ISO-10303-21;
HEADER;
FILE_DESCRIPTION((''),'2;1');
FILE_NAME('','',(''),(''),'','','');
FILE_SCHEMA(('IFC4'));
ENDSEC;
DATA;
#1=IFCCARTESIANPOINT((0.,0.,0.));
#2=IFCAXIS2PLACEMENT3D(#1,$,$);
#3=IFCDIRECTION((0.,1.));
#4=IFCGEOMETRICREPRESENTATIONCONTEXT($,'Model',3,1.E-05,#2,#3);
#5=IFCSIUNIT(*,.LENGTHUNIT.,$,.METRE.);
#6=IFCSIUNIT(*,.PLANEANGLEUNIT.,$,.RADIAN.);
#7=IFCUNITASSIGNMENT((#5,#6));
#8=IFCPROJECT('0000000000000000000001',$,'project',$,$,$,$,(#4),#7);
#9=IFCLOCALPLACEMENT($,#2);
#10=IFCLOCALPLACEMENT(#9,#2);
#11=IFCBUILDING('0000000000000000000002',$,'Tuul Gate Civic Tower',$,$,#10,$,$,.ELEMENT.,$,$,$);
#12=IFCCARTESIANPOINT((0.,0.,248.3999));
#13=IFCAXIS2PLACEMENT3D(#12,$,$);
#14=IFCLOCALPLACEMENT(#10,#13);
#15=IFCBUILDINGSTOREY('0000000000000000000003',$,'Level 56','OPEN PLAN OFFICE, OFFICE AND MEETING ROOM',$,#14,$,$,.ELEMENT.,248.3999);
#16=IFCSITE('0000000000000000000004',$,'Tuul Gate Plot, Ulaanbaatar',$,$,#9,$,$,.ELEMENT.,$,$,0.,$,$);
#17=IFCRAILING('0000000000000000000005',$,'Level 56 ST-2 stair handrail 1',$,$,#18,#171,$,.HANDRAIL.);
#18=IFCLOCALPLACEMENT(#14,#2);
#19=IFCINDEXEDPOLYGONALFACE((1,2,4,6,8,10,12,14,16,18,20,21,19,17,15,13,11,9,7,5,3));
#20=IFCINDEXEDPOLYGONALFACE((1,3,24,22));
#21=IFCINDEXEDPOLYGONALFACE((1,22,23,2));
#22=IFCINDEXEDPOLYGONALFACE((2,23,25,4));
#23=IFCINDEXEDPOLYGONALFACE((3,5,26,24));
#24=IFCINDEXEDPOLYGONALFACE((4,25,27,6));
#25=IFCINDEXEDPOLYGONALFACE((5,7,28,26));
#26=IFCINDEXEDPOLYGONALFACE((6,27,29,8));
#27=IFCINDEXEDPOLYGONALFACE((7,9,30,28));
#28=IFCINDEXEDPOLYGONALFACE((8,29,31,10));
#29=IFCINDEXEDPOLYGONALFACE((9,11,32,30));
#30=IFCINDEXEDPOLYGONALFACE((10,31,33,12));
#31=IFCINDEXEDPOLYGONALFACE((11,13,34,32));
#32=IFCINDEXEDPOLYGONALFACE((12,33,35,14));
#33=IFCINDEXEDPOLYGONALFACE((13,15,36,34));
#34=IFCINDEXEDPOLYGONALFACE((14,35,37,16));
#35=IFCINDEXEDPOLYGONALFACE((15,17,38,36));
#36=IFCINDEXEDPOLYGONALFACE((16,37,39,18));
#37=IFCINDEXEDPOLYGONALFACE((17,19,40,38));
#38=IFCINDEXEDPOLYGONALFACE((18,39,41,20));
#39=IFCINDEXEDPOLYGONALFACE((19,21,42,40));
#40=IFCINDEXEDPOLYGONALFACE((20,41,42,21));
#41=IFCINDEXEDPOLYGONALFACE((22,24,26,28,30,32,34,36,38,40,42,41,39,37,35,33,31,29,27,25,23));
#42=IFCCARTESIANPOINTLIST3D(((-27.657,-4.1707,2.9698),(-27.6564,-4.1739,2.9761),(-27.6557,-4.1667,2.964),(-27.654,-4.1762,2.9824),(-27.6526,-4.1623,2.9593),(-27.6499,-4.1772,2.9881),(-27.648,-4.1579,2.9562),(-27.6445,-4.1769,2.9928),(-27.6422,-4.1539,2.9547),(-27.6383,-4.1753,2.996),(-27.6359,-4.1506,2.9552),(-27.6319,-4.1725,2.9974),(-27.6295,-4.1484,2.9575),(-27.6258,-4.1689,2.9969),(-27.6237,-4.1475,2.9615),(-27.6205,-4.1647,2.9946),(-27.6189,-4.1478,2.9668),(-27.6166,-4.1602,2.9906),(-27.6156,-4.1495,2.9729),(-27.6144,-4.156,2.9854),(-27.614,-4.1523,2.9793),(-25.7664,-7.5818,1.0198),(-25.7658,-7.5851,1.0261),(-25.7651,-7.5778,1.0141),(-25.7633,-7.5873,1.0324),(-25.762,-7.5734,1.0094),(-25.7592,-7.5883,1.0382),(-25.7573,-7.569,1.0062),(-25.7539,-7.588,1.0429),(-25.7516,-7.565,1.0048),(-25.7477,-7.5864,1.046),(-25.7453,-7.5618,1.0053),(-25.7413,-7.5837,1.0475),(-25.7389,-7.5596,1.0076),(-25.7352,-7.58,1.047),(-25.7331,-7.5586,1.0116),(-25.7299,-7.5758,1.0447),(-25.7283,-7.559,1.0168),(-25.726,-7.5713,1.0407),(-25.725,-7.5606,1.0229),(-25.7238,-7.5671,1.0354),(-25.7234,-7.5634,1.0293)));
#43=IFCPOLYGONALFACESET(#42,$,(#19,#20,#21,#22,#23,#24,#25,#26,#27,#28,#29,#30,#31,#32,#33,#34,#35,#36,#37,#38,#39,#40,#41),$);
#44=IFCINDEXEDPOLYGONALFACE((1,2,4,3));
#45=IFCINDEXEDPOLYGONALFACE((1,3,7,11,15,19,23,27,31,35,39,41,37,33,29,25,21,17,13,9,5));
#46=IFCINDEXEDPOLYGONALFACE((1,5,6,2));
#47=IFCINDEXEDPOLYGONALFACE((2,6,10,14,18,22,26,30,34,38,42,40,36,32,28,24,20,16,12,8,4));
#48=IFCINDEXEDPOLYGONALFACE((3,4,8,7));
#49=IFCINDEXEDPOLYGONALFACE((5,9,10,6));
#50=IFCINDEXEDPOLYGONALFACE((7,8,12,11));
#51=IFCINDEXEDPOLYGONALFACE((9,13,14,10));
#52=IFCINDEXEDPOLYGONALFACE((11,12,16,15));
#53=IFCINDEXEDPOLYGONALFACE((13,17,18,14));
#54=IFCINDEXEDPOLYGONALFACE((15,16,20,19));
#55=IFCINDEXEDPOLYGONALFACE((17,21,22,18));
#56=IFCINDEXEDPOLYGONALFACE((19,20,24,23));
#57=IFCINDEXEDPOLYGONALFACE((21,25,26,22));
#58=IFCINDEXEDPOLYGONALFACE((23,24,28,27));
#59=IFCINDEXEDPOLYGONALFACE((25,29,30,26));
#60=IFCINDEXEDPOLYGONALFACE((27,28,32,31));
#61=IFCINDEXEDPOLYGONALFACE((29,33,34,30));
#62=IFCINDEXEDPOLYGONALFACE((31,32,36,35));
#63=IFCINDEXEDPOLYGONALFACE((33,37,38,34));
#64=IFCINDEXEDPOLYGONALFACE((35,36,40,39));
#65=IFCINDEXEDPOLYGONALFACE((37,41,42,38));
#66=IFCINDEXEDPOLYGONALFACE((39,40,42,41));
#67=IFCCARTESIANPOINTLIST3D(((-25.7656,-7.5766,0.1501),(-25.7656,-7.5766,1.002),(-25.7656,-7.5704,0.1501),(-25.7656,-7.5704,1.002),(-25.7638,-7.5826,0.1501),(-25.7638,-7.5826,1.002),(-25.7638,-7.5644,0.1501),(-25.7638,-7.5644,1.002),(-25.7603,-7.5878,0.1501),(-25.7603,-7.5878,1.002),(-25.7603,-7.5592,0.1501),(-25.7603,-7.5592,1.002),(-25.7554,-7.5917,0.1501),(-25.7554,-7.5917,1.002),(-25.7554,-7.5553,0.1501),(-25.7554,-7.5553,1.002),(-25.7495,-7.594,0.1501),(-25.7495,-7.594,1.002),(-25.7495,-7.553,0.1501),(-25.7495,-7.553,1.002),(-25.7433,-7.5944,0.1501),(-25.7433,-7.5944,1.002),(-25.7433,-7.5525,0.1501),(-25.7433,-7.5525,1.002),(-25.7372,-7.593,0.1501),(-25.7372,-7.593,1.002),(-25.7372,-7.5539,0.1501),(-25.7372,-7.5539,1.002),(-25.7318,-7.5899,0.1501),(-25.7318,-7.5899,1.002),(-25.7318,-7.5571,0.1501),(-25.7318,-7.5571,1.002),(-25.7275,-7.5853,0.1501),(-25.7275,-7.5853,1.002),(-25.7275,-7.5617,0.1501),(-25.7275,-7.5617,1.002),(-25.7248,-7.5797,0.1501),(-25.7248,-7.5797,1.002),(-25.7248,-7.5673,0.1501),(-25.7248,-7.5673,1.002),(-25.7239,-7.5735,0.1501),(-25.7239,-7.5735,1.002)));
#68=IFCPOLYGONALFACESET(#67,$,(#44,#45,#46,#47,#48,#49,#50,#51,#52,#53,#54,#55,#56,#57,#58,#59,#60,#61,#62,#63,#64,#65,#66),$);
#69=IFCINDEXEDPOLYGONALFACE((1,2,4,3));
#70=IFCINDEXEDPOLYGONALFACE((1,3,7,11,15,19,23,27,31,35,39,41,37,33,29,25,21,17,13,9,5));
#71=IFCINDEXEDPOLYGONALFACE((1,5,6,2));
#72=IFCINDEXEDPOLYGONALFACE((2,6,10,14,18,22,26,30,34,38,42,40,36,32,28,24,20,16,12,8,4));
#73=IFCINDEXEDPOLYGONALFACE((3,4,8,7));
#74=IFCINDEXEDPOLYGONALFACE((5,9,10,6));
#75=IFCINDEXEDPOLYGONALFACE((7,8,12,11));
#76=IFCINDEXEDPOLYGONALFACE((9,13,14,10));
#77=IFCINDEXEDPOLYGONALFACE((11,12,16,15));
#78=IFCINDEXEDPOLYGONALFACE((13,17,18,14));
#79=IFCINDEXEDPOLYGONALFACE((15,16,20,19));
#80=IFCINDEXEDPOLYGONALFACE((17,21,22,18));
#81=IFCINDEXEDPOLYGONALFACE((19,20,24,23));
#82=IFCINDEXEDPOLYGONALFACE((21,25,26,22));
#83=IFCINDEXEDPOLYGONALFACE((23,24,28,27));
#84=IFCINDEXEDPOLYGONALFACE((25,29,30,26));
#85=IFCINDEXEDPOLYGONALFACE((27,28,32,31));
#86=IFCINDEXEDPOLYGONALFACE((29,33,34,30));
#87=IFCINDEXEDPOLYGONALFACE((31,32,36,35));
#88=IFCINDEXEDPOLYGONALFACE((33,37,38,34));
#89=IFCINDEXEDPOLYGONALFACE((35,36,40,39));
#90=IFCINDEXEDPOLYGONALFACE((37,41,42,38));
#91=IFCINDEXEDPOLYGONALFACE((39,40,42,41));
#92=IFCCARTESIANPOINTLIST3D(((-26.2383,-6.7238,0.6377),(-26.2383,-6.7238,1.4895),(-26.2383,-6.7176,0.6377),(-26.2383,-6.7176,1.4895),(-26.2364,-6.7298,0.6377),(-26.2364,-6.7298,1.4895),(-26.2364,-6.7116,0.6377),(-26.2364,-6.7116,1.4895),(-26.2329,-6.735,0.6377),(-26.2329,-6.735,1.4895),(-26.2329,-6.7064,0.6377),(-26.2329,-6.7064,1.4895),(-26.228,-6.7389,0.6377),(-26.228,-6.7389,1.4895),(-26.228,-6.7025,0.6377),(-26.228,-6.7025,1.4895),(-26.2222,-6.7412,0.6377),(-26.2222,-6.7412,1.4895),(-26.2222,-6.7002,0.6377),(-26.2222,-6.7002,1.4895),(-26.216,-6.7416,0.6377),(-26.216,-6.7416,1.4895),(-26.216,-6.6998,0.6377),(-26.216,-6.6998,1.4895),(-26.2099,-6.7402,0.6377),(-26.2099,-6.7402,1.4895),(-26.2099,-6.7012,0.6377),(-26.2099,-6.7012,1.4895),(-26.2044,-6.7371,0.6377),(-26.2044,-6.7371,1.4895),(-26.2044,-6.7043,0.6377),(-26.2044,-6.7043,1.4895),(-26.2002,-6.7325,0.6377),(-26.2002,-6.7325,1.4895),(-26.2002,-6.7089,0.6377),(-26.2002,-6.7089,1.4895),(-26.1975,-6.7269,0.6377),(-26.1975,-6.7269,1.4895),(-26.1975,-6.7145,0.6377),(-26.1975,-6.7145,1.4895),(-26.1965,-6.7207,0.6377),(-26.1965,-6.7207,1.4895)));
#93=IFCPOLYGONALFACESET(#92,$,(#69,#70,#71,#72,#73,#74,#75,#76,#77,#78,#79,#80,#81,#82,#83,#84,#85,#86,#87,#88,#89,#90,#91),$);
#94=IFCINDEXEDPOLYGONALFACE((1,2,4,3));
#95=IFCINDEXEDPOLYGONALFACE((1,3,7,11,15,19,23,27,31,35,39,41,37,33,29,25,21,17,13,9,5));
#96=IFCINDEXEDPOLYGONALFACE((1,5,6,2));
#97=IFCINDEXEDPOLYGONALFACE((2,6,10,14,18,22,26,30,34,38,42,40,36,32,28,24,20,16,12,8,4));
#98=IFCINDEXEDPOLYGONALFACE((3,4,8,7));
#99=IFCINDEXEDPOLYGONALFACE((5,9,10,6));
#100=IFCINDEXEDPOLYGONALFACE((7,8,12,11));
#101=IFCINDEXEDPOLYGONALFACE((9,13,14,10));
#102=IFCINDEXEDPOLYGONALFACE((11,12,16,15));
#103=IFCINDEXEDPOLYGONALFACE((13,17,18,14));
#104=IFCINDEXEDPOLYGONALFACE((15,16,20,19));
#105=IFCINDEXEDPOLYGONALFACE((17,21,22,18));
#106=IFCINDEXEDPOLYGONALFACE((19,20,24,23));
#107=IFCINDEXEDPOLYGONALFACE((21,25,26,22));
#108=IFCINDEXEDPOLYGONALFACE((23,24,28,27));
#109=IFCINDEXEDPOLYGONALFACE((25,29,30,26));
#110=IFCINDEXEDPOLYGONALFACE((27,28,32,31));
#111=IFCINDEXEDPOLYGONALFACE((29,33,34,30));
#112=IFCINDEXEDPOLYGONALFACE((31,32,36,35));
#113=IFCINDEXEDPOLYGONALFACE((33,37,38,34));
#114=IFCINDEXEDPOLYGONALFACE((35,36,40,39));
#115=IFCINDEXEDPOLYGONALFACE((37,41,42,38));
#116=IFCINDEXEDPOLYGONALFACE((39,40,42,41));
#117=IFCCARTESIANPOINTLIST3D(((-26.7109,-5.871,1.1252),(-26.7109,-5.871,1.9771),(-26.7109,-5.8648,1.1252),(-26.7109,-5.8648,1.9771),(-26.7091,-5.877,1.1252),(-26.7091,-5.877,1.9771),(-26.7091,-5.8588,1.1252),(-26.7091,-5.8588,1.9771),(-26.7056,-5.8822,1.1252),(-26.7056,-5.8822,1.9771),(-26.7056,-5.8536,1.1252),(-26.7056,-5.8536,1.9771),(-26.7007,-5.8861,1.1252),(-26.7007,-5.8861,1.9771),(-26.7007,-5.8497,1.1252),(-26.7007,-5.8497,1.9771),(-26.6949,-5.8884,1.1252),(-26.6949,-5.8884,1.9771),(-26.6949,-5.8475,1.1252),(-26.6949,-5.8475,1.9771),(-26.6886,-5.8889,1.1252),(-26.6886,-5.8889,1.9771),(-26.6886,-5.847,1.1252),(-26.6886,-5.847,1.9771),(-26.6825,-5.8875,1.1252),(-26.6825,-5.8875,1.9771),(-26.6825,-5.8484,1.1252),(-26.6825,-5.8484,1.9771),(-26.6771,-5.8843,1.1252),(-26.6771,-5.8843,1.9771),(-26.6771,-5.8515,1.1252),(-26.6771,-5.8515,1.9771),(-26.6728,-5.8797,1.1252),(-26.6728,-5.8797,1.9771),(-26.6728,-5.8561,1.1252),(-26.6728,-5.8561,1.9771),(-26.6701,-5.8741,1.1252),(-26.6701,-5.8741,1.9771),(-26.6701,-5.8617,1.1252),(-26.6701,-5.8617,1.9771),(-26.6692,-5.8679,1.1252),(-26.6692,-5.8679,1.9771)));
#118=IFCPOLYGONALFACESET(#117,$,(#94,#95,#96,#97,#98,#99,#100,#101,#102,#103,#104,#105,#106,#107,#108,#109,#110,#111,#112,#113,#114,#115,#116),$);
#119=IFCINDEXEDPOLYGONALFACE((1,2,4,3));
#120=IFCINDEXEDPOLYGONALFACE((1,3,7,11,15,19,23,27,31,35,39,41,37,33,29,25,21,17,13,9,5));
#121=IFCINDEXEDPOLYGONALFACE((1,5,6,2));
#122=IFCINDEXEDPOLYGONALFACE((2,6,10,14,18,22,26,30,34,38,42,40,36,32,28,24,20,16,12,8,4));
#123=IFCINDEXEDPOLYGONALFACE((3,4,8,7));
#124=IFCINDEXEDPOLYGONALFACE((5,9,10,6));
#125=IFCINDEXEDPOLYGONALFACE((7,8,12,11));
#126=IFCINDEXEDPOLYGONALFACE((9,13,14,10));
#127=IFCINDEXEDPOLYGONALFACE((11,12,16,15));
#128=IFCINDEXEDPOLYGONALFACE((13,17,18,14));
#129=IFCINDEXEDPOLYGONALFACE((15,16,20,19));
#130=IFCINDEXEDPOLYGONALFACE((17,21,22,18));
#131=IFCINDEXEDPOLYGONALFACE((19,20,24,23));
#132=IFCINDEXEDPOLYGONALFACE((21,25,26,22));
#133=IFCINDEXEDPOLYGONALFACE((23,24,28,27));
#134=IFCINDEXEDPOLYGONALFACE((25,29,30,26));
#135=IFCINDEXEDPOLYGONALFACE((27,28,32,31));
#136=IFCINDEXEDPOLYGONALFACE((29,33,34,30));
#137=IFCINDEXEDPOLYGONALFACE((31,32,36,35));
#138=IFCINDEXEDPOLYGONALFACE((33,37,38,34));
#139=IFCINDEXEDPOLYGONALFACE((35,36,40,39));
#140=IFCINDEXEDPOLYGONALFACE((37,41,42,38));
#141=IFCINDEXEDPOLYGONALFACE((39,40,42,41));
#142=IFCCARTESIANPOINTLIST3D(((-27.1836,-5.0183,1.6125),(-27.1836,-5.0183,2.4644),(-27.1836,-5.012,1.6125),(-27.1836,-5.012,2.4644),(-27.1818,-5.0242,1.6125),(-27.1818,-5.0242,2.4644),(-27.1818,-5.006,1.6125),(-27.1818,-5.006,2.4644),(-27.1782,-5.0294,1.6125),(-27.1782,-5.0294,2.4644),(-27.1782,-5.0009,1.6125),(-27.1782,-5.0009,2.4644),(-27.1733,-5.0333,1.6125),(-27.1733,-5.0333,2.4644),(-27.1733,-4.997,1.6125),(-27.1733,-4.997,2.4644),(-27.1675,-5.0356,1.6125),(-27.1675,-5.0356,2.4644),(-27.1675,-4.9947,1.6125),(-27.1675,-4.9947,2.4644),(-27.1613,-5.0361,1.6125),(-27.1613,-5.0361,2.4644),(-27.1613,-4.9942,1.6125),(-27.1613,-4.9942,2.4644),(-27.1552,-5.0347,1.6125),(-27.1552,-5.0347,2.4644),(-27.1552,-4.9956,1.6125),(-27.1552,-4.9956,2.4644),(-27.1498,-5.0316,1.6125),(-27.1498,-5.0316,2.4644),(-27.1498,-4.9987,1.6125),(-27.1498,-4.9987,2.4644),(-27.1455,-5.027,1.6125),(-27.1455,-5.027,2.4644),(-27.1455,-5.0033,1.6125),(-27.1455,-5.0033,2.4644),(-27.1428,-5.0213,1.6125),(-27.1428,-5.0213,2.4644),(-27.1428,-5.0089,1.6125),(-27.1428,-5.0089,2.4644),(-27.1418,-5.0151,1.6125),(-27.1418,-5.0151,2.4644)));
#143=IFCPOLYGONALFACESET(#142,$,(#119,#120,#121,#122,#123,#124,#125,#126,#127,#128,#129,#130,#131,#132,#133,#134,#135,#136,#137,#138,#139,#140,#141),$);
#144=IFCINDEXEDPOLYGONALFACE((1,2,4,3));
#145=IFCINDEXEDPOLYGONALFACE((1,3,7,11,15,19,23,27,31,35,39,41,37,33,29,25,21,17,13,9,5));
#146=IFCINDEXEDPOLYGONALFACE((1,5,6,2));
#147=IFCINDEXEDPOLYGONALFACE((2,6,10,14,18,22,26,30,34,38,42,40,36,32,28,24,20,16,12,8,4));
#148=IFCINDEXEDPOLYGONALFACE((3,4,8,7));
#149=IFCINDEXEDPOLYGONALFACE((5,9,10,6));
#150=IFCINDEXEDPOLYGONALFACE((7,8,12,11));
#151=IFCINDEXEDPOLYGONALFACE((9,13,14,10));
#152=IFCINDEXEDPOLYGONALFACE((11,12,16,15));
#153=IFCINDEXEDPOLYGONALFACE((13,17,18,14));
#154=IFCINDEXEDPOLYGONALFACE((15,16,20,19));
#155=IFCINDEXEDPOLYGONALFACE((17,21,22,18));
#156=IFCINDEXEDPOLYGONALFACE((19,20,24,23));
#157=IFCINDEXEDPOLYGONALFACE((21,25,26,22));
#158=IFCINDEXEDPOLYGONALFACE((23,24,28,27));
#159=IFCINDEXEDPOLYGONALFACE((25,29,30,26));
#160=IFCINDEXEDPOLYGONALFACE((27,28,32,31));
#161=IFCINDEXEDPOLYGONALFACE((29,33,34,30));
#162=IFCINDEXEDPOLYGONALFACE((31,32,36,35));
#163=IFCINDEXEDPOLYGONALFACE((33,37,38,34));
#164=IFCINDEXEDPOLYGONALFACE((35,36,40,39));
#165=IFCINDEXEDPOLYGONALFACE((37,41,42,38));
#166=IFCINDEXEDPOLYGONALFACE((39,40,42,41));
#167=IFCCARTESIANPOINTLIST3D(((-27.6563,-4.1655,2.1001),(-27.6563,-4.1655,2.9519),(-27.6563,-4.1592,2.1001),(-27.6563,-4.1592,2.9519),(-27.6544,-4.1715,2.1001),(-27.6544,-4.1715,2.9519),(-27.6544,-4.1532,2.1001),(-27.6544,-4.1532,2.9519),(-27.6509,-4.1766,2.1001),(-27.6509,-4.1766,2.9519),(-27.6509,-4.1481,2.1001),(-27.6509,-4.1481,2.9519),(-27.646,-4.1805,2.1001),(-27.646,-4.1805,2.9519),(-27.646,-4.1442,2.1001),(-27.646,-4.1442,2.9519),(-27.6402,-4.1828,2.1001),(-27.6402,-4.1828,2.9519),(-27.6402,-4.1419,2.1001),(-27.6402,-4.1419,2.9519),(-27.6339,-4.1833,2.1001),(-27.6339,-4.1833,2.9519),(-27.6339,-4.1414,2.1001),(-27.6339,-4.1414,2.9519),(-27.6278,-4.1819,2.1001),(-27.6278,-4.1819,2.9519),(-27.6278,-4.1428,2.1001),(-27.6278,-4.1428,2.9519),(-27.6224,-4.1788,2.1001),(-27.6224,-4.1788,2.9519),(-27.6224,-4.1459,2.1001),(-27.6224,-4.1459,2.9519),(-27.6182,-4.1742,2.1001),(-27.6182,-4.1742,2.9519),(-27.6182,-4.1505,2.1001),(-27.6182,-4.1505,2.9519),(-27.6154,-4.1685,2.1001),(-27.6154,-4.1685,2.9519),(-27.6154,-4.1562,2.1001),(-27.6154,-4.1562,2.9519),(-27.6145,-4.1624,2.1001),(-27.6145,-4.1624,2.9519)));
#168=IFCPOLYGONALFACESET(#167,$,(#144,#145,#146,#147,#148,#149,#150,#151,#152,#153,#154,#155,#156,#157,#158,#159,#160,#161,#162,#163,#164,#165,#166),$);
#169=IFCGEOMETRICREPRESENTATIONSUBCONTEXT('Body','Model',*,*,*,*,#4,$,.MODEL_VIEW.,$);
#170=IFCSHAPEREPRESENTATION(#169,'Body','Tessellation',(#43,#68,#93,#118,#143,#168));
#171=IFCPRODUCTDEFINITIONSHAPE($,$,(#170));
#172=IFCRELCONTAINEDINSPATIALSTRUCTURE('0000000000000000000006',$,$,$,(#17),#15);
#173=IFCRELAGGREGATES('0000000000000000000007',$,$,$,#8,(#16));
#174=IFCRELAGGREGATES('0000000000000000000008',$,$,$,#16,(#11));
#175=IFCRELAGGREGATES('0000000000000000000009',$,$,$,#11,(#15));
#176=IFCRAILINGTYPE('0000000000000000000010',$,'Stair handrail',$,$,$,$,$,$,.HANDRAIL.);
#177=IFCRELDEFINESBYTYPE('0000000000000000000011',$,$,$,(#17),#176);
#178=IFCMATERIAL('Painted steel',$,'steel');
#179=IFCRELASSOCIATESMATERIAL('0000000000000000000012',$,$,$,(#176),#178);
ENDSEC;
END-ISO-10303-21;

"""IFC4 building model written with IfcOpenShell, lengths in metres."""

from ifc_helpers import new_model, si_unit, direction, frame, origin, origin_2d, place, context, subcontext, project, spatial, circle, extrude, material, type_object, element, save


model = new_model("IFC4")

# Units and contexts
model_context = context("Model", 3, precision=1e-05, world=origin(), true_north=direction((0.0, 1.0)))
body_context = subcontext(model_context, "Body", "Model", "MODEL_VIEW")
ifc_project = project(units=[si_unit("LENGTHUNIT", "METRE"), si_unit("PLANEANGLEUNIT", "RADIAN")], contexts=[model_context])

# Site, building, storey
site_placement = place(None, origin())
site = spatial("IfcSite", under=ifc_project, at=site_placement, Name="Tuul Gate Plot, Ulaanbaatar", CompositionType="ELEMENT", RefElevation=0.0)
building_placement = place(site_placement, origin())
building = spatial("IfcBuilding", under=site, at=building_placement, Name="Tuul Gate Civic Tower", CompositionType="ELEMENT")
storey_placement = place(building_placement, frame((0.0, 0.0, 248.3999)))
storey = spatial("IfcBuildingStorey", under=building, at=storey_placement, Name="Level 56", Description="OPEN PLAN OFFICE, OFFICE AND MEETING ROOM", CompositionType="ELEMENT", Elevation=248.3999)

# Railing
ifc_material_1 = material(Name="Painted steel", Category="steel")
railing_type_1 = type_object("IfcRailingType", Name="Stair handrail", PredefinedType="HANDRAIL", material=ifc_material_1)
railing_1_placement = place(storey_placement, frame((-25.7449, -7.5735, 0.1501)))
element("IfcRailing", 1, at=railing_1_placement, inside=storey, type_object=railing_type_1, Name="Level 56 ST-2 stair handrail 1", PredefinedType="HANDRAIL", context=body_context, shape_type="SweptSolid", body=[
    extrude(circle(Radius=0.0239, at=origin_2d()), frame((0.0, 0.0, 0.876), z_axis=(-0.433595, 0.782308, 0.447201), x_axis=(-0.874641, -0.484771, 0.0)), (0.0, 0.0, 1.0), 4.3604),
    extrude(circle(Radius=0.021, at=origin_2d()), origin(), (0.0, 0.0, 1.0), 0.8518),
    extrude(circle(Radius=0.021, at=origin_2d()), frame((-0.4727, 0.8528, 0.4875)), (0.0, 0.0, 1.0), 0.8518),
    extrude(circle(Radius=0.021, at=origin_2d()), frame((-0.9453, 1.7056, 0.9751)), (0.0, 0.0, 1.0), 0.8518),
    extrude(circle(Radius=0.021, at=origin_2d()), frame((-1.418, 2.5583, 1.4624)), (0.0, 0.0, 1.0), 0.8518),
    extrude(circle(Radius=0.021, at=origin_2d()), frame((-1.8906, 3.4111, 1.95)), (0.0, 0.0, 1.0), 0.8518),
])

save(model, "model.ifc")
